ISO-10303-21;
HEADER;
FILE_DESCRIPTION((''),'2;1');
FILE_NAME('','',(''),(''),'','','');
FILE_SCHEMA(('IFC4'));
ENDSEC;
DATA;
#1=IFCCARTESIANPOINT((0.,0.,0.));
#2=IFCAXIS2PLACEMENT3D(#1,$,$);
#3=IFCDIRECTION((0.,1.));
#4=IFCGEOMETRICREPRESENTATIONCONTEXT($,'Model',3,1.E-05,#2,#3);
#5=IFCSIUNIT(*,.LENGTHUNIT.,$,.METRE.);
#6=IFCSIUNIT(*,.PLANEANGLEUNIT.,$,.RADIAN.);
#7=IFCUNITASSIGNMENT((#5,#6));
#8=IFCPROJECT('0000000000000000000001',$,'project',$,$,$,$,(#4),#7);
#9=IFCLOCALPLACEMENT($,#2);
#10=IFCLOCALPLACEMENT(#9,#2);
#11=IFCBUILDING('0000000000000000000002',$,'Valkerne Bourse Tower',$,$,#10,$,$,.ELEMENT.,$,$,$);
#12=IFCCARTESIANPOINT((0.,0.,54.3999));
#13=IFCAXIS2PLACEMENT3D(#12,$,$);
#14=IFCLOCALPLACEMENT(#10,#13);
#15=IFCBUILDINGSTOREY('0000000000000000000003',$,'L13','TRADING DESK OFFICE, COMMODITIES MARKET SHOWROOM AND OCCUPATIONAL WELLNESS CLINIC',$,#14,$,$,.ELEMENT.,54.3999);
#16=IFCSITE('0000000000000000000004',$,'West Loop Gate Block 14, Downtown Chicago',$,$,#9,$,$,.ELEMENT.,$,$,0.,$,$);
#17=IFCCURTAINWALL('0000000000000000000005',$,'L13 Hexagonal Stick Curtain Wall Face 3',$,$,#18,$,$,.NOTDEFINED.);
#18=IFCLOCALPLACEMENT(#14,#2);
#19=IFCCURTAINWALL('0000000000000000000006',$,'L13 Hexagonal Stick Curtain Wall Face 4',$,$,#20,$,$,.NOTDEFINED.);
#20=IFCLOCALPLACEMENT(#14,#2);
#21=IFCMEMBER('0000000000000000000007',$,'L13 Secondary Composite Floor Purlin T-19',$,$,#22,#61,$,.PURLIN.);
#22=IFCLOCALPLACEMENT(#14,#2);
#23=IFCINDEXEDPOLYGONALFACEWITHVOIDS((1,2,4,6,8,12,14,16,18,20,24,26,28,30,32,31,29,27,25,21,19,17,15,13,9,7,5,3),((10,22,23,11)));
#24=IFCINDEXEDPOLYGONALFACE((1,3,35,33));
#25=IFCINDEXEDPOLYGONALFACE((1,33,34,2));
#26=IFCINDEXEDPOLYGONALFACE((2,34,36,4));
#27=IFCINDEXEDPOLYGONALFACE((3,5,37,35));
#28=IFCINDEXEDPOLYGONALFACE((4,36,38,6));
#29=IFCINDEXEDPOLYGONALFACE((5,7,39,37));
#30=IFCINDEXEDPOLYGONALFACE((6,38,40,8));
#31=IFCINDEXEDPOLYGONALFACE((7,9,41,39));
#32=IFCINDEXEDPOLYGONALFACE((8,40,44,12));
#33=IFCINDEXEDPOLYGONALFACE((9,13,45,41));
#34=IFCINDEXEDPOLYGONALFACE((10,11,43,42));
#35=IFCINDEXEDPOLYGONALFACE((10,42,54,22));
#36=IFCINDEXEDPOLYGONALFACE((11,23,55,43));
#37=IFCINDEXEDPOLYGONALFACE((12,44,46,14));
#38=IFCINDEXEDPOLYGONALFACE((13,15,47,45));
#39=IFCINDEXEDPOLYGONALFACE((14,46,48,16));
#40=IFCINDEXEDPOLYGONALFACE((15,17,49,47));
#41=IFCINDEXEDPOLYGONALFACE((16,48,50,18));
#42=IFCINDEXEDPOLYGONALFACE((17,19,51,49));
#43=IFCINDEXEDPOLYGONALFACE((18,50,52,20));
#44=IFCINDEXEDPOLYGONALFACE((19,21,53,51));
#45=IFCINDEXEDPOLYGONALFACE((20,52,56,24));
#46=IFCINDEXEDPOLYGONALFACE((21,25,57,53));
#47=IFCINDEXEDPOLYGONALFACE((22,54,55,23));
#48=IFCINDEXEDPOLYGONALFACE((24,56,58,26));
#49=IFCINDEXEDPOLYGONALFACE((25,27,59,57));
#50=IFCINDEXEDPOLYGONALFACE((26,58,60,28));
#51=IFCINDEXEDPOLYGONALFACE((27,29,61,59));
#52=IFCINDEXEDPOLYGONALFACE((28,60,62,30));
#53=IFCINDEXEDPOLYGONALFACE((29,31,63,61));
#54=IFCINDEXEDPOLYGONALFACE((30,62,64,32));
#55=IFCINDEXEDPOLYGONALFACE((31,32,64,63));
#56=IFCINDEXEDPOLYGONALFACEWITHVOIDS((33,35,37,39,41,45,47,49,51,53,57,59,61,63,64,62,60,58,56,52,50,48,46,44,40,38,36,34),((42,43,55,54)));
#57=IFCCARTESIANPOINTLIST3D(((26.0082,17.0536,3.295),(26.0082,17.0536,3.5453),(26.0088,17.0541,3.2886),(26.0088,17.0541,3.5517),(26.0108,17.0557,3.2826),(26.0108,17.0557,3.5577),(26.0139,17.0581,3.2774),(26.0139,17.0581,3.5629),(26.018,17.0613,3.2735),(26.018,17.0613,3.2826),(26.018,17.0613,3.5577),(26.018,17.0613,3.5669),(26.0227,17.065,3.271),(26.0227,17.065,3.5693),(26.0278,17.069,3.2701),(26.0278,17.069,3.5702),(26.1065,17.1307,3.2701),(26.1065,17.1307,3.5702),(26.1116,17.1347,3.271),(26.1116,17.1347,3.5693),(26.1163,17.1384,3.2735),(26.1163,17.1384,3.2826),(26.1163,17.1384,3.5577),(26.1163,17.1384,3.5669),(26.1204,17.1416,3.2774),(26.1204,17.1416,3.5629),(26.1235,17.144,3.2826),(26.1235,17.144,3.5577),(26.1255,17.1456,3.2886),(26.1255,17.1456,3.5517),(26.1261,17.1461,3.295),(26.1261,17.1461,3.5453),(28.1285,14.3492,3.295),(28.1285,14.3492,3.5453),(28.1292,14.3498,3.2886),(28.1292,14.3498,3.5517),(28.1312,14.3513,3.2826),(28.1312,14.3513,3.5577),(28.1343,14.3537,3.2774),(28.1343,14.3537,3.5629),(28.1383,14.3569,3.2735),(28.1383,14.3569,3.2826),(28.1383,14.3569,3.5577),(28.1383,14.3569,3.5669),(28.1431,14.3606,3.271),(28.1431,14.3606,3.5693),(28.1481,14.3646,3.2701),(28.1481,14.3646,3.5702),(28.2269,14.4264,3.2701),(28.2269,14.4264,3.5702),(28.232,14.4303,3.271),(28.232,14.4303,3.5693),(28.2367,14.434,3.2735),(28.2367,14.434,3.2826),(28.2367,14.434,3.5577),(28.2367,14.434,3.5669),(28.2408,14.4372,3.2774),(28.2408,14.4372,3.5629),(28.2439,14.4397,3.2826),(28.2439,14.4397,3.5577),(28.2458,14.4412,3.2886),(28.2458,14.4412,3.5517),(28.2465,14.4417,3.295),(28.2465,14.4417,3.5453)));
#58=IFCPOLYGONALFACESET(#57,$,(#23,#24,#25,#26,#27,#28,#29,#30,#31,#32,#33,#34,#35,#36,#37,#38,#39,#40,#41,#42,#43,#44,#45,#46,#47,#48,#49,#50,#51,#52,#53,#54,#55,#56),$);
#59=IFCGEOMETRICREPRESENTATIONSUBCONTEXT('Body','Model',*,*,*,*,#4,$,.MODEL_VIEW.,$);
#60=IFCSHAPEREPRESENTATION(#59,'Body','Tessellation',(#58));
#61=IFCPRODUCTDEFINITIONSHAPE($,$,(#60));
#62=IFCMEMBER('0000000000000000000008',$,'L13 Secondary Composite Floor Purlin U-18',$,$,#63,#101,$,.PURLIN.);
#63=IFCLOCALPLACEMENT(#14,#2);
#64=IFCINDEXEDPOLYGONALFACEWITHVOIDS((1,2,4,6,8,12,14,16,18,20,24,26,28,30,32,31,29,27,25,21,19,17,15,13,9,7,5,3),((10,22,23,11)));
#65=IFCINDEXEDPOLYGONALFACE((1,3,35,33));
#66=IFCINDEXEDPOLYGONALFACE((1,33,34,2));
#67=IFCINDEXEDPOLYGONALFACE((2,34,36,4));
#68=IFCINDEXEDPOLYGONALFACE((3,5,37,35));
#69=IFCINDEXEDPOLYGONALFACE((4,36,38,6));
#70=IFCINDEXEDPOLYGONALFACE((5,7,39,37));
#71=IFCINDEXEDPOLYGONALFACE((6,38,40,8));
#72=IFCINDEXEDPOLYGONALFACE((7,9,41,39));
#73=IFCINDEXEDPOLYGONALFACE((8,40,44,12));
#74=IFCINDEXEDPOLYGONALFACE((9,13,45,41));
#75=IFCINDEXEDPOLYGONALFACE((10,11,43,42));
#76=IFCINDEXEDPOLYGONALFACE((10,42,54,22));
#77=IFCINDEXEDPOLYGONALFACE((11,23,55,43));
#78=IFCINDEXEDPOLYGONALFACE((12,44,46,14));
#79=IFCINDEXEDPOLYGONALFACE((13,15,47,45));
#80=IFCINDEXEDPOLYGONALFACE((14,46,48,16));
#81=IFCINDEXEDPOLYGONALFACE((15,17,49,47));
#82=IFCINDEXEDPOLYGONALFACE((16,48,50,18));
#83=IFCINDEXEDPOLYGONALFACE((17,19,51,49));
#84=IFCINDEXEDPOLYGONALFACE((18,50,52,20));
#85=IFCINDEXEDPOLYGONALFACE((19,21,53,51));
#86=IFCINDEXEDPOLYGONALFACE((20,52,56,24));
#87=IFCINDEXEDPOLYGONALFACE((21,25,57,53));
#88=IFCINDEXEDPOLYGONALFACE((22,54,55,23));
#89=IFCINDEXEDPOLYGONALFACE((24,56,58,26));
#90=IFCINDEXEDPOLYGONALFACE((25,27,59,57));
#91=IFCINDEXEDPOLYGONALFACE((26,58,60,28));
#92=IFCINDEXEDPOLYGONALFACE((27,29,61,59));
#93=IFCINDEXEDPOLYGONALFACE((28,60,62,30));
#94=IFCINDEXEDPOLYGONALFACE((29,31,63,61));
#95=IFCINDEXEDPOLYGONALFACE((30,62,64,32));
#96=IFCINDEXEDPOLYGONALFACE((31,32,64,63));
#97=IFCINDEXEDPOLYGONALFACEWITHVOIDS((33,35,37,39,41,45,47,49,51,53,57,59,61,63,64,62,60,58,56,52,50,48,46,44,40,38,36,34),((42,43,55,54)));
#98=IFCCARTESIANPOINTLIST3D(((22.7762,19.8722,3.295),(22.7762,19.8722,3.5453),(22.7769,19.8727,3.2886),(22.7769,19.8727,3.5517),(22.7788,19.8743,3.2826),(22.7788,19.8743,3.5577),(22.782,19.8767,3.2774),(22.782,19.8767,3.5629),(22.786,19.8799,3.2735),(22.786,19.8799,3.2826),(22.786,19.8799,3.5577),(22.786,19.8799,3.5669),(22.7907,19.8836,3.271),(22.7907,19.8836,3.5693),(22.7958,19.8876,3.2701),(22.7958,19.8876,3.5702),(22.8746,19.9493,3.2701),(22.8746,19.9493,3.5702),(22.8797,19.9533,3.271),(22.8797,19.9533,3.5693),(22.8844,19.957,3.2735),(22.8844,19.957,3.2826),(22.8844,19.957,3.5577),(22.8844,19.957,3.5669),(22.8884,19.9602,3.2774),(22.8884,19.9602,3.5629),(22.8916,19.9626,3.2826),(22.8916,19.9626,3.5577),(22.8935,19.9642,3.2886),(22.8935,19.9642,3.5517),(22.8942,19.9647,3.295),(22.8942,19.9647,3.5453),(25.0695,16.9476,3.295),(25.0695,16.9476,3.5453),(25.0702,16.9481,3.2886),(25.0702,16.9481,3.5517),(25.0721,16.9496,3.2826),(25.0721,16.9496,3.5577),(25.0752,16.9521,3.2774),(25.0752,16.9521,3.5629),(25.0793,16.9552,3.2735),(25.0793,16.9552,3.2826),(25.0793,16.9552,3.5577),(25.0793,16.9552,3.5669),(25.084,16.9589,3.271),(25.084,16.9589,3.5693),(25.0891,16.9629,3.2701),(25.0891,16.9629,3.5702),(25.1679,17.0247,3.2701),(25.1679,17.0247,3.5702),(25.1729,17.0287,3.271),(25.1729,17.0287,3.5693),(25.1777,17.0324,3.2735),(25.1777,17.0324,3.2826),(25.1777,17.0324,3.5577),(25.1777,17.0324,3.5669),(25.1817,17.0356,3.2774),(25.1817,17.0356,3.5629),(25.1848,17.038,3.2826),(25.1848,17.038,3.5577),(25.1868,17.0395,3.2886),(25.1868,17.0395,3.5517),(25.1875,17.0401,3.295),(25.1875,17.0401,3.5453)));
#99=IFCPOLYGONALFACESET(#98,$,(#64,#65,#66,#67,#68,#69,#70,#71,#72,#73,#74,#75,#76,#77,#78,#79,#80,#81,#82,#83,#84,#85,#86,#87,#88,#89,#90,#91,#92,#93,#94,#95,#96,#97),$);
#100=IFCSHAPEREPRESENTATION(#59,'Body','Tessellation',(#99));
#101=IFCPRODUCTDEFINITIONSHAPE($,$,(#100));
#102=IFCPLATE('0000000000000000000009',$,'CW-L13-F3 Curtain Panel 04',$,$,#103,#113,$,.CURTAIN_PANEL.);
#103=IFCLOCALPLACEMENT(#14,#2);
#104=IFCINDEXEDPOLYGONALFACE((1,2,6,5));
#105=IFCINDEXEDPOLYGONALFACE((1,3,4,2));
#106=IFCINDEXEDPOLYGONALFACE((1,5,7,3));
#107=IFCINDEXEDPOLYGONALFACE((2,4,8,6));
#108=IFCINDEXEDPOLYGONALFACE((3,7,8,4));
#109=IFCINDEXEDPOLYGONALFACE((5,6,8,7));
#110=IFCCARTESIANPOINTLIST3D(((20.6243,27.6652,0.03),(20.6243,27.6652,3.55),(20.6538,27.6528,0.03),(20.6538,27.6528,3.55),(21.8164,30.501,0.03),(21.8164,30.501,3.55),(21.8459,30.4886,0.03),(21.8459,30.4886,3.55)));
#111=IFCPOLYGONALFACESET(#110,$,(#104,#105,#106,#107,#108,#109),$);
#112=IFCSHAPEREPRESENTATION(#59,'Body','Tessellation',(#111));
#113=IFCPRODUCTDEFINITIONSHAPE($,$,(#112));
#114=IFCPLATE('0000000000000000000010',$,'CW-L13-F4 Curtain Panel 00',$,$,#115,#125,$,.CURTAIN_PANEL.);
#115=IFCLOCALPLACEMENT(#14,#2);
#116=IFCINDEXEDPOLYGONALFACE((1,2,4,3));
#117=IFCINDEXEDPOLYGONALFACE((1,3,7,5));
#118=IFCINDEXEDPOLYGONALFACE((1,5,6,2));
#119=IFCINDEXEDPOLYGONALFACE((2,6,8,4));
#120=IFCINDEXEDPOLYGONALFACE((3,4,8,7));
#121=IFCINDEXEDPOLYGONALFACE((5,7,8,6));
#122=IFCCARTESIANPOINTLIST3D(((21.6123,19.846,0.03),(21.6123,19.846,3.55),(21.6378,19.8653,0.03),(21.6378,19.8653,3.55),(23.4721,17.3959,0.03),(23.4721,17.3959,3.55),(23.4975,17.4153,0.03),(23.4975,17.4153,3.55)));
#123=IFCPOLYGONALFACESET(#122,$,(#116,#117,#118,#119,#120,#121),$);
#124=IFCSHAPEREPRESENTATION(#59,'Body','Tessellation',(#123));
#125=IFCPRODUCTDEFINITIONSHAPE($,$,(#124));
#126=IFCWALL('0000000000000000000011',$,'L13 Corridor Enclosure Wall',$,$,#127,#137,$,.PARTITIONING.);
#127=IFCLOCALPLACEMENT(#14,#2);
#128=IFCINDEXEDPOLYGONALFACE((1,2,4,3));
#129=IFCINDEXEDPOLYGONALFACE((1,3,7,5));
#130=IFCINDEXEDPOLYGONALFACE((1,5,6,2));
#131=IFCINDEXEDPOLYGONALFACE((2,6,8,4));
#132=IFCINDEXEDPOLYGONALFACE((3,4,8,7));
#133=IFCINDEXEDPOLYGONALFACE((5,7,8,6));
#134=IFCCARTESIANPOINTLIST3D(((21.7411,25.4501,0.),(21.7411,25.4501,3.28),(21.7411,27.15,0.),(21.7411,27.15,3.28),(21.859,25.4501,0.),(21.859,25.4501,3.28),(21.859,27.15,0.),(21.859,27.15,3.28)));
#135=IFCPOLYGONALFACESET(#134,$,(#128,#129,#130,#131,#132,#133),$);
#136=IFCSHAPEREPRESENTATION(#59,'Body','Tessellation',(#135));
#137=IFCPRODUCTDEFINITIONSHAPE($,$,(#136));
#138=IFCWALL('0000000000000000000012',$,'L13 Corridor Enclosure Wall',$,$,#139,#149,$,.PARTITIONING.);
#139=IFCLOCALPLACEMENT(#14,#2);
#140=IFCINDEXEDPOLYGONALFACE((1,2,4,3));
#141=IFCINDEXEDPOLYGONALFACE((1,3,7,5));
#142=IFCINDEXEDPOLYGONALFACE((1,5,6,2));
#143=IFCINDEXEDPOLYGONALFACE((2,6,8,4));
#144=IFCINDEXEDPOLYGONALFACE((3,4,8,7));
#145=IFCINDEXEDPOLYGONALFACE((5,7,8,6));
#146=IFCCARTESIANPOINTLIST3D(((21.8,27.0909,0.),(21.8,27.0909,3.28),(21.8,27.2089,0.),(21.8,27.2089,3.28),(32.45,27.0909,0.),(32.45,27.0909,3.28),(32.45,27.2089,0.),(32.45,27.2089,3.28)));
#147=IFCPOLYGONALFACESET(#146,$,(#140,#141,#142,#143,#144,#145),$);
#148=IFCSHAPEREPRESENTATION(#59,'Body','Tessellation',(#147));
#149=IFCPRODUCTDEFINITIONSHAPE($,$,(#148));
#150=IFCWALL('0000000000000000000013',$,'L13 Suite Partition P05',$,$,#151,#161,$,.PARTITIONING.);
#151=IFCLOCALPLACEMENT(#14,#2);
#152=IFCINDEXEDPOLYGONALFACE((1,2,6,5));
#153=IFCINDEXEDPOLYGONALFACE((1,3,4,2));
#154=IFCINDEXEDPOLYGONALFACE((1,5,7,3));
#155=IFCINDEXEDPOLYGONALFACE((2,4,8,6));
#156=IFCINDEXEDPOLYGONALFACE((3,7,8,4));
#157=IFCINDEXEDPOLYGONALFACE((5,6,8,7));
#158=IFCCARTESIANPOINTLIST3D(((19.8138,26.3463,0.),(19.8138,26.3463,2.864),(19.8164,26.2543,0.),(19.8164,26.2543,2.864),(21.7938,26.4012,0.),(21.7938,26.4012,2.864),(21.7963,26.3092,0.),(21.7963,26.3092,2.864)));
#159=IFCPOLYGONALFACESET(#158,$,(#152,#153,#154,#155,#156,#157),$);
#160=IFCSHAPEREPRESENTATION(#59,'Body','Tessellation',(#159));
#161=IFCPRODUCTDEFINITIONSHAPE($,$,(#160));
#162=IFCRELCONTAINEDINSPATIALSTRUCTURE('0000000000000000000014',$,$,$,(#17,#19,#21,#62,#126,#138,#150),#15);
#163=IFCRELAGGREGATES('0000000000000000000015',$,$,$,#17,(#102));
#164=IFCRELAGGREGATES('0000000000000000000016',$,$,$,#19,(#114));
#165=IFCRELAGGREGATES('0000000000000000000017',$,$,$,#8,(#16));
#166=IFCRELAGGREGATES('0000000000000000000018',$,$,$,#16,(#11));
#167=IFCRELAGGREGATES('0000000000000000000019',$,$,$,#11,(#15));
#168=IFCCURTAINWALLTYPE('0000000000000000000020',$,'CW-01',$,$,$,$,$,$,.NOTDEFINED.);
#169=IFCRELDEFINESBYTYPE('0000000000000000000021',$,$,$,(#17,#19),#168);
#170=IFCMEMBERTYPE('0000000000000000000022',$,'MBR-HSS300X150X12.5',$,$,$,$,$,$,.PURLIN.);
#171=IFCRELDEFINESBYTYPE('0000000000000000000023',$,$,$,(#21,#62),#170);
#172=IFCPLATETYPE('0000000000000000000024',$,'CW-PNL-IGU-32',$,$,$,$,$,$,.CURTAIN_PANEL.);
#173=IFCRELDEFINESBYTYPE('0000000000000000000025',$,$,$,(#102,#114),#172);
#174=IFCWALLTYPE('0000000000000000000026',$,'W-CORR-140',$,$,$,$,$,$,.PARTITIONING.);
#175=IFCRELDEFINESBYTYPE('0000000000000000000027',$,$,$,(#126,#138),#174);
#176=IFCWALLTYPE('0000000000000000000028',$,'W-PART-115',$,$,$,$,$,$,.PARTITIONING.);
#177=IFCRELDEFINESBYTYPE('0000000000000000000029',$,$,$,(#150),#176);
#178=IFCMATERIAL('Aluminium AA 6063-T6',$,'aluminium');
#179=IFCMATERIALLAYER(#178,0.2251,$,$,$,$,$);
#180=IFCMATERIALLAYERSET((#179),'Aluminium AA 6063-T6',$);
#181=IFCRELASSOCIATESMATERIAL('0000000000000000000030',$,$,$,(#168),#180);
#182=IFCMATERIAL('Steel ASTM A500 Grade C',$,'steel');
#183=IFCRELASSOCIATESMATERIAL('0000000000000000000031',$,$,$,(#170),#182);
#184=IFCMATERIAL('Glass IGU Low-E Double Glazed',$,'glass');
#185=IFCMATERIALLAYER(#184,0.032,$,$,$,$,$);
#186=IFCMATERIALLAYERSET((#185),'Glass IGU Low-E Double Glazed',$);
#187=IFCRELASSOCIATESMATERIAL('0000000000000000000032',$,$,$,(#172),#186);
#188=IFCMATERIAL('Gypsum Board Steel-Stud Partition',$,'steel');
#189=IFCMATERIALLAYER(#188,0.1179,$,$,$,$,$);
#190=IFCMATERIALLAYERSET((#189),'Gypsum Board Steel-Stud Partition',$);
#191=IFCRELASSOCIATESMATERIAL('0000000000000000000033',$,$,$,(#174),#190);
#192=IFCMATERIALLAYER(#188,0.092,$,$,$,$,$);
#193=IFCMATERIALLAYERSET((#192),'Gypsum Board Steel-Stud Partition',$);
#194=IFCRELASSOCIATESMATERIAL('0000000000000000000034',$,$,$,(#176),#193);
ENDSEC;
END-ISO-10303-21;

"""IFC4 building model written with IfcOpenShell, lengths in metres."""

from ifc_helpers import new_model, si_unit, direction, frame, frame_2d, origin, origin_2d, place, context, subcontext, project, spatial, rectangle, hollow_rectangle, extrude, material, layer, layer_set, material_profile, profile_set, type_object, element, aggregate, save


model = new_model("IFC4")

# Units and contexts
model_context = context("Model", 3, precision=1e-05, world=origin(), true_north=direction((0.0, 1.0)))
body_context = subcontext(model_context, "Body", "Model", "MODEL_VIEW")
ifc_project = project(units=[si_unit("LENGTHUNIT", "METRE"), si_unit("PLANEANGLEUNIT", "RADIAN")], contexts=[model_context])

# Site, building, storey
site_placement = place(None, origin())
site = spatial("IfcSite", under=ifc_project, at=site_placement, Name="West Loop Gate Block 14, Downtown Chicago", CompositionType="ELEMENT", RefElevation=0.0)
building_placement = place(site_placement, origin())
building = spatial("IfcBuilding", under=site, at=building_placement, Name="Valkerne Bourse Tower", CompositionType="ELEMENT")
storey_placement = place(building_placement, frame((0.0, 0.0, 54.3999)))
storey = spatial("IfcBuildingStorey", under=building, at=storey_placement, Name="L13", Description="TRADING DESK OFFICE, COMMODITIES MARKET SHOWROOM AND OCCUPATIONAL WELLNESS CLINIC", CompositionType="ELEMENT", Elevation=54.3999)

# Curtain walls
ifc_material_1 = material(Name="Aluminium AA 6063-T6", Category="aluminium")
ifc_layer_1 = layer(ifc_material_1, 0.2251)
ifc_layer_set_1 = layer_set([ifc_layer_1], Name="Aluminium AA 6063-T6")
curtain_wall_type = type_object("IfcCurtainWallType", Name="CW-01", PredefinedType="NOTDEFINED", material=ifc_layer_set_1)
curtain_wall_1_placement = place(storey_placement, origin())
curtain_wall_1 = element("IfcCurtainWall", 1, at=curtain_wall_1_placement, inside=storey, type_object=curtain_wall_type, Name="L13 Hexagonal Stick Curtain Wall Face 3", PredefinedType="NOTDEFINED")
curtain_wall_2_placement = place(storey_placement, origin())
curtain_wall_2 = element("IfcCurtainWall", 2, at=curtain_wall_2_placement, inside=storey, type_object=curtain_wall_type, Name="L13 Hexagonal Stick Curtain Wall Face 4", PredefinedType="NOTDEFINED")

# Members
ifc_material_2 = material(Name="Steel ASTM A500 Grade C", Category="steel")
ifc_material_profile_1 = material_profile(ifc_material_2, hollow_rectangle(XDim=0.1499, YDim=0.3, WallThickness=0.0125, OuterFilletRadius=0.0249, at=origin_2d()), Name="HSS300X150X12.5")
ifc_profile_set_1 = profile_set([ifc_material_profile_1], Name="Steel ASTM A500 Grade C")
member_type_1 = type_object("IfcMemberType", Name="MBR-HSS300X150X12.5", PredefinedType="PURLIN", material=ifc_profile_set_1)
for number, where, z_axis, x_axis, name in (
    (3, (26.0671, 17.0999, 3.4202), (0.617015, -0.786951, 0.0), (0.786951, 0.617015, 0.0), "L13 Secondary Composite Floor Purlin T-19"),
):
    element("IfcMember", number, at=place(storey_placement, frame(where, z_axis=z_axis, x_axis=x_axis)), inside=storey, type_object=member_type_1, Name=name, PredefinedType="PURLIN", context=body_context, shape_type="SweptSolid", body=[
        extrude(hollow_rectangle(XDim=0.1499, YDim=0.3, WallThickness=0.0125, OuterFilletRadius=0.0249, at=origin_2d()), origin(), (0.0, 0.0, 1.0), 3.4365),
    ])
member_1_placement = place(storey_placement, frame((22.8352, 19.9185, 3.4202), z_axis=(0.617047, -0.786927, 0.0), x_axis=(0.786927, 0.617047, 0.0)))
element("IfcMember", 4, at=member_1_placement, inside=storey, type_object=member_type_1, Name="L13 Secondary Composite Floor Purlin U-18", PredefinedType="PURLIN", context=body_context, shape_type="SweptSolid", body=[
    extrude(hollow_rectangle(XDim=0.1499, YDim=0.3, WallThickness=0.0125, OuterFilletRadius=0.0249, at=origin_2d()), origin(), (0.0, 0.0, 1.0), 3.7166),
])

# Plates
ifc_material_3 = material(Name="Glass IGU Low-E Double Glazed", Category="glass")
ifc_layer_2 = layer(ifc_material_3, 0.032)
ifc_layer_set_2 = layer_set([ifc_layer_2], Name="Glass IGU Low-E Double Glazed")
plate_type = type_object("IfcPlateType", Name="CW-PNL-IGU-32", PredefinedType="CURTAIN_PANEL", material=ifc_layer_set_2)
plate_1_placement = place(storey_placement, frame((21.2351, 29.0769, 0.03), z_axis=(0.0, 0.0, 1.0), x_axis=(-0.38751, -0.921866, 0.0)))
plate_1 = element("IfcPlate", 5, at=plate_1_placement, type_object=plate_type, Name="CW-L13-F3 Curtain Panel 04", PredefinedType="CURTAIN_PANEL", context=body_context, shape_type="SweptSolid", body=[
    extrude(rectangle(XDim=3.0762, YDim=0.032, at=origin_2d()), origin(), (0.0, 0.0, 1.0), 3.52),
])
aggregate(curtain_wall_1, [plate_1])
plate_2_placement = place(storey_placement, frame((22.5549, 18.6306, 0.03), z_axis=(0.0, 0.0, 1.0), x_axis=(0.604607, -0.796524, 0.0)))
plate_2 = element("IfcPlate", 6, at=plate_2_placement, type_object=plate_type, Name="CW-L13-F4 Curtain Panel 00", PredefinedType="CURTAIN_PANEL", context=body_context, shape_type="SweptSolid", body=[
    extrude(rectangle(XDim=3.0759, YDim=0.032, at=origin_2d()), origin(), (0.0, 0.0, 1.0), 3.52),
])
aggregate(curtain_wall_2, [plate_2])

# Walls
ifc_material_4 = material(Name="Gypsum Board Steel-Stud Partition", Category="steel")
ifc_layer_3 = layer(ifc_material_4, 0.1179)
ifc_layer_set_3 = layer_set([ifc_layer_3], Name="Gypsum Board Steel-Stud Partition")
wall_type_1 = type_object("IfcWallType", Name="W-CORR-140", PredefinedType="PARTITIONING", material=ifc_layer_set_3)
wall_1_placement = place(storey_placement, frame((21.8, 25.45, 0.0), z_axis=(0.0, 0.0, 1.0), x_axis=(0.0, 1.0, 0.0)))
element("IfcWall", 7, at=wall_1_placement, inside=storey, type_object=wall_type_1, Name="L13 Corridor Enclosure Wall", PredefinedType="PARTITIONING", context=body_context, shape_type="SweptSolid", body=[
    extrude(rectangle(XDim=1.7, YDim=0.1179, at=frame_2d((0.8501, 0.0))), origin(), (0.0, 0.0, 1.0), 3.28),
])
wall_2_placement = place(storey_placement, frame((21.8, 27.1499, 0.0), z_axis=(0.0, 0.0, 1.0), x_axis=(1.0, 0.0, 0.0)))
element("IfcWall", 8, at=wall_2_placement, inside=storey, type_object=wall_type_1, Name="L13 Corridor Enclosure Wall", PredefinedType="PARTITIONING", context=body_context, shape_type="SweptSolid", body=[
    extrude(rectangle(XDim=10.6499, YDim=0.1179, at=frame_2d((5.325, 0.0))), origin(), (0.0, 0.0, 1.0), 3.28),
])
ifc_layer_4 = layer(ifc_material_4, 0.092)
ifc_layer_set_4 = layer_set([ifc_layer_4], Name="Gypsum Board Steel-Stud Partition")
wall_type_2 = type_object("IfcWallType", Name="W-PART-115", PredefinedType="PARTITIONING", material=ifc_layer_set_4)
wall_3_placement = place(storey_placement, frame((21.7949, 26.3552, 0.0), z_axis=(0.0, 0.0, 1.0), x_axis=(-0.999615, -0.027733, 0.0)))
element("IfcWall", 9, at=wall_3_placement, inside=storey, type_object=wall_type_2, Name="L13 Suite Partition P05", PredefinedType="PARTITIONING", context=body_context, shape_type="SweptSolid", body=[
    extrude(rectangle(XDim=1.9807, YDim=0.092, at=frame_2d((0.9902, 0.0))), origin(), (0.0, 0.0, 1.0), 2.864),
])

save(model, "model.ifc")
